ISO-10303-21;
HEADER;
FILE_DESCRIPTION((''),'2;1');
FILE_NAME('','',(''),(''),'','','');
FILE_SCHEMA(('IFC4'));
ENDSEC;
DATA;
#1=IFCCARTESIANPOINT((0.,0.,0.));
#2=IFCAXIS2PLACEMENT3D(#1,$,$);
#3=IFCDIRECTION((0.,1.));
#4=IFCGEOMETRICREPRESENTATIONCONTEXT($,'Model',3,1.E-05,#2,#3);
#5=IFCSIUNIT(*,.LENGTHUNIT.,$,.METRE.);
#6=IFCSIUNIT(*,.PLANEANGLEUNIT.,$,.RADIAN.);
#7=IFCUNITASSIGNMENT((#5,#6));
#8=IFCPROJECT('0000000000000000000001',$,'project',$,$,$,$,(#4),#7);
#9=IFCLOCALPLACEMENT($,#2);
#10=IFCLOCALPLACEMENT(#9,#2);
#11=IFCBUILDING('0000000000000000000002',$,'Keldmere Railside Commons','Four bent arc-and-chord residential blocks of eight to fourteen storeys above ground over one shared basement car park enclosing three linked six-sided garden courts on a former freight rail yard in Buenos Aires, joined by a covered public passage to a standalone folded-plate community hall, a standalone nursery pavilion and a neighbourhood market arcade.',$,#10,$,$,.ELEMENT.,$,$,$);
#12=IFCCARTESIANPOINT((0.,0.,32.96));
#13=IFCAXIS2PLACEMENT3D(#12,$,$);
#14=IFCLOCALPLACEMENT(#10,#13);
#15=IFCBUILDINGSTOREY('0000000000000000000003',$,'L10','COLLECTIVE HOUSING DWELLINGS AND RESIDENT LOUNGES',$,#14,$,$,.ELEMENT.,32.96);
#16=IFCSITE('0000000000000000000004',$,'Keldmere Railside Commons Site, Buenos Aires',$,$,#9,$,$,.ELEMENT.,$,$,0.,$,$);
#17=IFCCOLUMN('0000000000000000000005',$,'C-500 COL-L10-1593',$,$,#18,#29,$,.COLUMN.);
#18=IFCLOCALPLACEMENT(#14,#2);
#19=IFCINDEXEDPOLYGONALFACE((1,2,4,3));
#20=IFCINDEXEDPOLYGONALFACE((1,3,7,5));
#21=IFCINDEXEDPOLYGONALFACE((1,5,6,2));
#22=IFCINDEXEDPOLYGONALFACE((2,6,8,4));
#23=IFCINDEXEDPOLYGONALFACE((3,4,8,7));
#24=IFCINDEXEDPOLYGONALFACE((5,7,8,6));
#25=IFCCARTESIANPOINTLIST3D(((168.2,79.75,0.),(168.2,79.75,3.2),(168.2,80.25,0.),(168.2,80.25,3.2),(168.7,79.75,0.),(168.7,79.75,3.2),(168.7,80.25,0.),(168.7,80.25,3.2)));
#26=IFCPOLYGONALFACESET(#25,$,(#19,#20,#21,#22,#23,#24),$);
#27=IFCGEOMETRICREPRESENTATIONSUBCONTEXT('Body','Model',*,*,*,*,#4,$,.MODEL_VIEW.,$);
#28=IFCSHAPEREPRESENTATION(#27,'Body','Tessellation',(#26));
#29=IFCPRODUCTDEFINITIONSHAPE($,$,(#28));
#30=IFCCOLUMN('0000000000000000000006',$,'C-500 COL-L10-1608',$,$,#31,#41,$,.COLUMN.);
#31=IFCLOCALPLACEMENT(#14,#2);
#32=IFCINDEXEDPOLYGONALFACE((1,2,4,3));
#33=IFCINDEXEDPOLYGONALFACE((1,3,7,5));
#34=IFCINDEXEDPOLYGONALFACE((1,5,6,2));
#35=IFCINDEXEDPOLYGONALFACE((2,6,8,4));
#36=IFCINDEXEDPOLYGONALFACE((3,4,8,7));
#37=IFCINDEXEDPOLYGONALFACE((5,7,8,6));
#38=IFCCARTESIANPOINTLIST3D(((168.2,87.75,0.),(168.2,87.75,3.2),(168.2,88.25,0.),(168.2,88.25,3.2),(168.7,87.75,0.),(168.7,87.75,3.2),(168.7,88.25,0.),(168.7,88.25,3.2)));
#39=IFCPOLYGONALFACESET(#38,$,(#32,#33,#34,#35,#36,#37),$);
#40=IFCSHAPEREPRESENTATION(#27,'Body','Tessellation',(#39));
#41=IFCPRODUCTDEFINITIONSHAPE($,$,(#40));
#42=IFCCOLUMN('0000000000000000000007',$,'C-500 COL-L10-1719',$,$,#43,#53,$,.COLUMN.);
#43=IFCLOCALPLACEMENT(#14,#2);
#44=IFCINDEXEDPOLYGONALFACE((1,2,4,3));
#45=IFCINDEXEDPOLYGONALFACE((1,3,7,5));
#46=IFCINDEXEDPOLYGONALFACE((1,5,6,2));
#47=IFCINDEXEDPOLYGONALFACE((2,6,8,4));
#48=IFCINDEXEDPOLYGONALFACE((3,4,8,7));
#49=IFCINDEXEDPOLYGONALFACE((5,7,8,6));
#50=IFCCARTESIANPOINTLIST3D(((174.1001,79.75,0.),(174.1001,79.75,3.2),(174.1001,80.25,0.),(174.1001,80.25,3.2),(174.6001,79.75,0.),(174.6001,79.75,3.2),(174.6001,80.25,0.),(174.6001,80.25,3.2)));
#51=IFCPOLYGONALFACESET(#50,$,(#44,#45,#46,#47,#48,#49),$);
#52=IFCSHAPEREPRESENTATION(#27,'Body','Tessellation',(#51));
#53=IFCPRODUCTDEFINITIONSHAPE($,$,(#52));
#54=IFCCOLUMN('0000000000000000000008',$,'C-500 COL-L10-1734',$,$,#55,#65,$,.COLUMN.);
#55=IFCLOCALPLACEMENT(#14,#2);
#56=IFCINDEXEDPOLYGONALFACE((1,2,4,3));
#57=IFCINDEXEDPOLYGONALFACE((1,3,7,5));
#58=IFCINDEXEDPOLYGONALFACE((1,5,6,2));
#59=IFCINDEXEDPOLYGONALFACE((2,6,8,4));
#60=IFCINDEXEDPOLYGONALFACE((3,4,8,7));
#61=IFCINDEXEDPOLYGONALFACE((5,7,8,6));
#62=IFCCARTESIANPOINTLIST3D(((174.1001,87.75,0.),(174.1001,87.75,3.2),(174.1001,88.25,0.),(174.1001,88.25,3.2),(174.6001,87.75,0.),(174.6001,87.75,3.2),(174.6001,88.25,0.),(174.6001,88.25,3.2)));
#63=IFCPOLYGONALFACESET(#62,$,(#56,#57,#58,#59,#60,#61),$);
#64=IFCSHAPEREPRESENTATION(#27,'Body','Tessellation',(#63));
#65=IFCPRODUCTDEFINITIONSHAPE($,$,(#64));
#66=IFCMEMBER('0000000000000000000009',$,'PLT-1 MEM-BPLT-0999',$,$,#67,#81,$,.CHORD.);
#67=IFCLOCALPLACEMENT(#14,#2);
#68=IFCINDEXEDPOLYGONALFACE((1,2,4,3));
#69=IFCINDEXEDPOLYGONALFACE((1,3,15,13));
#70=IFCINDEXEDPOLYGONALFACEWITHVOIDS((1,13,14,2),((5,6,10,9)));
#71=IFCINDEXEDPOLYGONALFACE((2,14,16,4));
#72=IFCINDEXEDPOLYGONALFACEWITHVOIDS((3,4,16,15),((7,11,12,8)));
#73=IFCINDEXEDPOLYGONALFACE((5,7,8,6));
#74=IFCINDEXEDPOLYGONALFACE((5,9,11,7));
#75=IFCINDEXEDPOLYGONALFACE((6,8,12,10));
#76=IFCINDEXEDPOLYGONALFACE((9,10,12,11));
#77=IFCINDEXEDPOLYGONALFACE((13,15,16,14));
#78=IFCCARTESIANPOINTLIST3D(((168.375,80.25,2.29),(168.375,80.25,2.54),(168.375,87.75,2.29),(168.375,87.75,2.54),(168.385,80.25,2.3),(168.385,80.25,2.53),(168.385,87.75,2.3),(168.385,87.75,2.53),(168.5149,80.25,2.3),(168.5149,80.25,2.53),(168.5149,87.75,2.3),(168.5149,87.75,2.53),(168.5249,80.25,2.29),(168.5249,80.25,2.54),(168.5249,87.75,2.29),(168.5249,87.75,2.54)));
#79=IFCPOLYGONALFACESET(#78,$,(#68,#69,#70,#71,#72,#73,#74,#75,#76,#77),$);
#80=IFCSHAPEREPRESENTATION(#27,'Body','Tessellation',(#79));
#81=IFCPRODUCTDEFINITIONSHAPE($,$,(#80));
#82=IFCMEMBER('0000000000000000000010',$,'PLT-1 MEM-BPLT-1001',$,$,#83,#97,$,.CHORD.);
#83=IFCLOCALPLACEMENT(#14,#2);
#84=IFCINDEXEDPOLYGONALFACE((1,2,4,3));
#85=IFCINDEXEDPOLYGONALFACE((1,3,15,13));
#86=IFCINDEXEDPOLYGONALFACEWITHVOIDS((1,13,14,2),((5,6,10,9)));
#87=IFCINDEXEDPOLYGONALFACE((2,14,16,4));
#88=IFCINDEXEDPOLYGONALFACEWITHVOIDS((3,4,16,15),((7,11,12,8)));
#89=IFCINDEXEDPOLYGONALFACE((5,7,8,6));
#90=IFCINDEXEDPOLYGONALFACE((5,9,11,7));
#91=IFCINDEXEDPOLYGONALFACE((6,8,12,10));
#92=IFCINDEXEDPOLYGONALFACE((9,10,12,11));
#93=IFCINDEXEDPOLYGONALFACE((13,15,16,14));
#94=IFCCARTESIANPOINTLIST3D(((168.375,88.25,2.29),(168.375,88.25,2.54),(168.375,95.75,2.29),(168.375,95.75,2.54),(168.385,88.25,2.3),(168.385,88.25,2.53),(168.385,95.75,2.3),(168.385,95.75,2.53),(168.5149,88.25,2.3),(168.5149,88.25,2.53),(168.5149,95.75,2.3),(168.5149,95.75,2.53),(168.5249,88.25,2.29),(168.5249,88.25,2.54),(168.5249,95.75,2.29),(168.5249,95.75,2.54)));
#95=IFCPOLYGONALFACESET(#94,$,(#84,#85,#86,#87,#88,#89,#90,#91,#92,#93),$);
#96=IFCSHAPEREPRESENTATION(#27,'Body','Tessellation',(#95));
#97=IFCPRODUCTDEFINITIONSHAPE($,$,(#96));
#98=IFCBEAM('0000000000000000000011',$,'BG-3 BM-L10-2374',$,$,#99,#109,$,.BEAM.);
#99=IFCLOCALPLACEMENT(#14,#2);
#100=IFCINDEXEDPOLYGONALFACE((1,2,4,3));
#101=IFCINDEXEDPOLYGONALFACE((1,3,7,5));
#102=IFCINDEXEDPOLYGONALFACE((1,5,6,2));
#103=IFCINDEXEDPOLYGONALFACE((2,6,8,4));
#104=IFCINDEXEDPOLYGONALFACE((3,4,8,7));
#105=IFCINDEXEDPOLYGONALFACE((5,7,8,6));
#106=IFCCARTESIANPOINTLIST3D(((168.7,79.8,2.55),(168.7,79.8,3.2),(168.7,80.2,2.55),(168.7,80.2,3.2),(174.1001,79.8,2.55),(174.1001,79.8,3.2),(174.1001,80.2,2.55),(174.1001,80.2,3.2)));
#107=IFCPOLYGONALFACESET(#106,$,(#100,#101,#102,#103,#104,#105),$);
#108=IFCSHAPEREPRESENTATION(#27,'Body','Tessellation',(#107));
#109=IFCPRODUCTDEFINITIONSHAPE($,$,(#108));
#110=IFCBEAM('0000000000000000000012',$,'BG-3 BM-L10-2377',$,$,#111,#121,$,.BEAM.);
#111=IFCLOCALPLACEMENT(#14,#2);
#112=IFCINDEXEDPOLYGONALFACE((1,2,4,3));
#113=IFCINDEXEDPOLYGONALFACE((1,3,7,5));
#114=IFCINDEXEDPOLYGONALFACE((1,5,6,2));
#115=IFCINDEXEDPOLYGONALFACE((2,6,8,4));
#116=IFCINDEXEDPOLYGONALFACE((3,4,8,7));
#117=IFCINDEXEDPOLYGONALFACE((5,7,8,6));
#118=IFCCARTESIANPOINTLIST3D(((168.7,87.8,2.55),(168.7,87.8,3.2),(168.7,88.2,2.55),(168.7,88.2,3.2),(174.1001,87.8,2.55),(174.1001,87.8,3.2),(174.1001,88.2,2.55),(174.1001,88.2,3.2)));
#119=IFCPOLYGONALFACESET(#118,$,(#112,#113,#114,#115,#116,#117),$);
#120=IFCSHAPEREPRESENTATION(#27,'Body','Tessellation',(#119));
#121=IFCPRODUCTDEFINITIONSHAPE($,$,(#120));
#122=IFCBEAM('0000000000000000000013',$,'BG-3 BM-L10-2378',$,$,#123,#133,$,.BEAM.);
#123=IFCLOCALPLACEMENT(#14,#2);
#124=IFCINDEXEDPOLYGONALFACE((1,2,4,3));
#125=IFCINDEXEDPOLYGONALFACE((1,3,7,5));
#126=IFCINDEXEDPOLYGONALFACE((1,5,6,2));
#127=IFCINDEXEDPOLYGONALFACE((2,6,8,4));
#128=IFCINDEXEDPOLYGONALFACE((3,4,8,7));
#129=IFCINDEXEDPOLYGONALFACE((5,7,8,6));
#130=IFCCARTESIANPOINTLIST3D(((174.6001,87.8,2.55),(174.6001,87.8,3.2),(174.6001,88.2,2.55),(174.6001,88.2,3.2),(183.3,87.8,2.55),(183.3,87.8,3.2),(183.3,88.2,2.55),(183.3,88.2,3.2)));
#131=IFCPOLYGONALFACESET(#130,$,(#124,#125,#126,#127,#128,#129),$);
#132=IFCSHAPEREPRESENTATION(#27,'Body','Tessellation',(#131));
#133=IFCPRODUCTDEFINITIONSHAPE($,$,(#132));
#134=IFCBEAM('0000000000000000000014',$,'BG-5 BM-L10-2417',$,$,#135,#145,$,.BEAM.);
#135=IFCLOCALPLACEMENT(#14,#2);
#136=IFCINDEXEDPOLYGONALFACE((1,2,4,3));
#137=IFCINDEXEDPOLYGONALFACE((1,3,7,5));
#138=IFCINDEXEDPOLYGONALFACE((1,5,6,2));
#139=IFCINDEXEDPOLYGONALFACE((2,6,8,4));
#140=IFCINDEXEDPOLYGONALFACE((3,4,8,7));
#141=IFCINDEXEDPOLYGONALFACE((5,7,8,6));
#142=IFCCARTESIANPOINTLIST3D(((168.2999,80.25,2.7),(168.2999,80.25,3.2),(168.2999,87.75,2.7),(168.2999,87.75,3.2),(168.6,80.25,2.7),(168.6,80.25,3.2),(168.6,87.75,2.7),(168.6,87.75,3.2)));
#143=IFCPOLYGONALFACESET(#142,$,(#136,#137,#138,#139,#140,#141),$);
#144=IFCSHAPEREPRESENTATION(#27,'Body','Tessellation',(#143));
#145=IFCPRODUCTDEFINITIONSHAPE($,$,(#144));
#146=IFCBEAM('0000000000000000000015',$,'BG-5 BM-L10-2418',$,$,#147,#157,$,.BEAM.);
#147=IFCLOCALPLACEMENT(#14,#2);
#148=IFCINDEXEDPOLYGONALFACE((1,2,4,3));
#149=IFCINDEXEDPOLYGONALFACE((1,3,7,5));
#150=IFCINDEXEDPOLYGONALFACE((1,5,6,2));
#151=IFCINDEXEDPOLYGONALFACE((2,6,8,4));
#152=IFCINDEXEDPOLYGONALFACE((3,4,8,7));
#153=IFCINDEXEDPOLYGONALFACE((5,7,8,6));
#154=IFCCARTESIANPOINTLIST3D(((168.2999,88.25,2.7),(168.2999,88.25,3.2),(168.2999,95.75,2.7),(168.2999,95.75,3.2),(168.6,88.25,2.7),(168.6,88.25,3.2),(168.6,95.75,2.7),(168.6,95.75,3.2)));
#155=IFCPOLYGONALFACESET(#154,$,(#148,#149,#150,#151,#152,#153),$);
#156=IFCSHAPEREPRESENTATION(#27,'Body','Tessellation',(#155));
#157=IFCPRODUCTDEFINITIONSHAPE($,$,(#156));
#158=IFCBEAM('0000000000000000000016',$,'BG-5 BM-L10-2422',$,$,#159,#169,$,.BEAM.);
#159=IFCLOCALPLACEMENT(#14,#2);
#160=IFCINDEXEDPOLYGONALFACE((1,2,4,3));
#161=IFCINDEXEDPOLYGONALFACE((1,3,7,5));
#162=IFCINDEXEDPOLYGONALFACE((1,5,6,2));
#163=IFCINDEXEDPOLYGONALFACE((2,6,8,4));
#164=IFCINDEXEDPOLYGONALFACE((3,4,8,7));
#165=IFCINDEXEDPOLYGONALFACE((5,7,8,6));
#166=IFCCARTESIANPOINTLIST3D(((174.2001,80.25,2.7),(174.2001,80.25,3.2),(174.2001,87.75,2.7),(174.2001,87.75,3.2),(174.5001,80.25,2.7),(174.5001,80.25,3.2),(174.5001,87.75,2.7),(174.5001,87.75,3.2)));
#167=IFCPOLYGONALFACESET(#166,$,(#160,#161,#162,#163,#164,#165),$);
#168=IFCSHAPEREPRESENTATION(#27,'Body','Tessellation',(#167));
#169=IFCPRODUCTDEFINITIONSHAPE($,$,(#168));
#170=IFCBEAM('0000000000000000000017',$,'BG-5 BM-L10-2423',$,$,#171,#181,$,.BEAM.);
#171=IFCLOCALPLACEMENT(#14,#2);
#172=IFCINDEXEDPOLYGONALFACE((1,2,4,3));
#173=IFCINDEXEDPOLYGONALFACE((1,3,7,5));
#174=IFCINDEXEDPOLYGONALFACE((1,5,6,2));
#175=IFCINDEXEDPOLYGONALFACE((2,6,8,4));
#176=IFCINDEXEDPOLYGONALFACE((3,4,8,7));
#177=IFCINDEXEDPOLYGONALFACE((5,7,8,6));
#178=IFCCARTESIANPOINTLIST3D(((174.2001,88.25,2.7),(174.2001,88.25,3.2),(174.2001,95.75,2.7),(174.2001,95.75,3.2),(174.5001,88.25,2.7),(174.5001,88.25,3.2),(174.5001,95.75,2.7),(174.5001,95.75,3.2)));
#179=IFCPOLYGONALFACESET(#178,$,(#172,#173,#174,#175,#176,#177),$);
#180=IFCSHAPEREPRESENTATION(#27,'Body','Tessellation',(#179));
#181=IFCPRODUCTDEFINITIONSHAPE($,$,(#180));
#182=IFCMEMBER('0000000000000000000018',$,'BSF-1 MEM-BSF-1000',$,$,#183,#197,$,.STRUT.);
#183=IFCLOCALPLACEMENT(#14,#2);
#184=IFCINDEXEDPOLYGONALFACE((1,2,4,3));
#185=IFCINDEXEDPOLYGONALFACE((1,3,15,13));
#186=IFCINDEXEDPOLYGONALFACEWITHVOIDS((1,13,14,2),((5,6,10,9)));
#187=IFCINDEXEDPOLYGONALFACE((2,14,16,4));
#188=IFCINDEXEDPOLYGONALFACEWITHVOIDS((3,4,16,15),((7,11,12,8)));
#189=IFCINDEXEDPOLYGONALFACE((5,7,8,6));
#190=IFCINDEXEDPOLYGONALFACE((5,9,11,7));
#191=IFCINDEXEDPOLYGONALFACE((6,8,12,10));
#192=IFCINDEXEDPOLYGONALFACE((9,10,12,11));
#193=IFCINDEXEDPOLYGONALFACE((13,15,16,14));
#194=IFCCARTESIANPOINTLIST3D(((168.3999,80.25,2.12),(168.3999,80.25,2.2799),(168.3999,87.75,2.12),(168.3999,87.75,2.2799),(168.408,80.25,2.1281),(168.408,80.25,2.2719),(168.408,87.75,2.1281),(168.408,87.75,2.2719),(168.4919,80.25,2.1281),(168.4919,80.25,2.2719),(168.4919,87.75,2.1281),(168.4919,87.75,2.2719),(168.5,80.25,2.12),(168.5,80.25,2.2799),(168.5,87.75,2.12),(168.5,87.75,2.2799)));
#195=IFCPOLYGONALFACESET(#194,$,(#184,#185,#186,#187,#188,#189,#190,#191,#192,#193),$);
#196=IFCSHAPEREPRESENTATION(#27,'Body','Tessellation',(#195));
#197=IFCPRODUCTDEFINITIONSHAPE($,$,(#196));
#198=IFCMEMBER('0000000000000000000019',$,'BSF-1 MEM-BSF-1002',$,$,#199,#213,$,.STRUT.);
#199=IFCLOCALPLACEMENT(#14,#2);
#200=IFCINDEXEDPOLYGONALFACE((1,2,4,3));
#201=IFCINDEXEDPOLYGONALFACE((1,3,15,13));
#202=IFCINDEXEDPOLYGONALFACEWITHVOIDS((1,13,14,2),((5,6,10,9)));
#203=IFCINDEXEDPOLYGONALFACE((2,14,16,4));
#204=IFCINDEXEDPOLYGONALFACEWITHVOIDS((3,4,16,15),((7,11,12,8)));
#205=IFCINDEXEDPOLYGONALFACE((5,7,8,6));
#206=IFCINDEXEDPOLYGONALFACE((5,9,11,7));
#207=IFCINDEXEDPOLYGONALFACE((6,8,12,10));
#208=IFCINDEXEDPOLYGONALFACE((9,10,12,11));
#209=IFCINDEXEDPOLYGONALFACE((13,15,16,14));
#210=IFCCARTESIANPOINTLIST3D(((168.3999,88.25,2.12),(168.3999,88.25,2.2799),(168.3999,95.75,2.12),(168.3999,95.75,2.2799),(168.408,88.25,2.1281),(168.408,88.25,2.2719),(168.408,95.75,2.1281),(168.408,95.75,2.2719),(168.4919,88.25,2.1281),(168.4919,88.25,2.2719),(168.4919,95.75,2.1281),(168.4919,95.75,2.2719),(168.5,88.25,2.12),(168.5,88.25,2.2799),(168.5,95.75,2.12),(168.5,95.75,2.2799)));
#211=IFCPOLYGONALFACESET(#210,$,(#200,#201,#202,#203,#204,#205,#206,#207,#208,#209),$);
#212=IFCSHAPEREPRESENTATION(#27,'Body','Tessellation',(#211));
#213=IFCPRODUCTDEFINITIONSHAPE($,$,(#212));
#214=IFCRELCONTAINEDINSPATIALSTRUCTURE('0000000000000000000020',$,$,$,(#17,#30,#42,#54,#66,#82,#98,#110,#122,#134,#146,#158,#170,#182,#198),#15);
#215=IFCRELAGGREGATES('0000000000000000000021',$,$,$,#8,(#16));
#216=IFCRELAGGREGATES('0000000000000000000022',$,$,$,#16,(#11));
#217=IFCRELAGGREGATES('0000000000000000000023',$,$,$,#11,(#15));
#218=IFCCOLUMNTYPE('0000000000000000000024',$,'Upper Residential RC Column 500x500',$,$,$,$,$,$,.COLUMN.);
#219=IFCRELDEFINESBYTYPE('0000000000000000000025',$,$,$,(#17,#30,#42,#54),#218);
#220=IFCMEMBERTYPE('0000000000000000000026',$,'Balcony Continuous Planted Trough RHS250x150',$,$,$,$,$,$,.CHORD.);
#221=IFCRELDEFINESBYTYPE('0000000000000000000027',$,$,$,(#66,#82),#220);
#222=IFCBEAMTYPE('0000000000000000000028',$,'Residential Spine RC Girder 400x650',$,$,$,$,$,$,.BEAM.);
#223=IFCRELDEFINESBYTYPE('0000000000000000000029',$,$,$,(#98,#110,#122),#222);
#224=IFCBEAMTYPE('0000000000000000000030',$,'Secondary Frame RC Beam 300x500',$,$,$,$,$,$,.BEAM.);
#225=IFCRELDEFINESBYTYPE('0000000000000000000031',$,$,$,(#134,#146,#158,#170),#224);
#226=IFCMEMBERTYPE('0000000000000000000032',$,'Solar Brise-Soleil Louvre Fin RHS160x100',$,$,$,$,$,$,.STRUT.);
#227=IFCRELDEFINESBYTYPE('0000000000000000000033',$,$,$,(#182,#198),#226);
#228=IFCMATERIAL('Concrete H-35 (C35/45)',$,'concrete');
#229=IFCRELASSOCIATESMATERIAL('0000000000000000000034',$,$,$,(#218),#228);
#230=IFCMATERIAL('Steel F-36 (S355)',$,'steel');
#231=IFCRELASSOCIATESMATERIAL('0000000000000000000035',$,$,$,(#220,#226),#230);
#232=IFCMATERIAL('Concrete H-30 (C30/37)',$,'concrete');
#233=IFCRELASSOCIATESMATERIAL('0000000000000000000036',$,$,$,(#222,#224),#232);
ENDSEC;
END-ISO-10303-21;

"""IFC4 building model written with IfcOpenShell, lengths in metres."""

from ifc_helpers import new_model, si_unit, direction, frame, origin, origin_2d, place, context, subcontext, project, spatial, rectangle, hollow_rectangle, extrude, material, material_profile, profile_set, type_object, element, save


model = new_model("IFC4")

# Units and contexts
model_context = context("Model", 3, precision=1e-05, world=origin(), true_north=direction((0.0, 1.0)))
body_context = subcontext(model_context, "Body", "Model", "MODEL_VIEW")
ifc_project = project(units=[si_unit("LENGTHUNIT", "METRE"), si_unit("PLANEANGLEUNIT", "RADIAN")], contexts=[model_context])

# Site, building, storey
site_placement = place(None, origin())
site = spatial("IfcSite", under=ifc_project, at=site_placement, Name="Keldmere Railside Commons Site, Buenos Aires", CompositionType="ELEMENT", RefElevation=0.0)
building_placement = place(site_placement, origin())
building = spatial("IfcBuilding", under=site, at=building_placement, Name="Keldmere Railside Commons", Description="Four bent arc-and-chord residential blocks of eight to fourteen storeys above ground over one shared basement car park enclosing three linked six-sided garden courts on a former freight rail yard in Buenos Aires, joined by a covered public passage to a standalone folded-plate community hall, a standalone nursery pavilion and a neighbourhood market arcade.", CompositionType="ELEMENT")
storey_placement = place(building_placement, frame((0.0, 0.0, 32.96)))
storey = spatial("IfcBuildingStorey", under=building, at=storey_placement, Name="L10", Description="COLLECTIVE HOUSING DWELLINGS AND RESIDENT LOUNGES", CompositionType="ELEMENT", Elevation=32.96)

# Columns
ifc_material_1 = material(Name="Concrete H-35 (C35/45)", Category="concrete")
ifc_material_profile_1 = material_profile(ifc_material_1, rectangle(XDim=0.5, YDim=0.5, at=origin_2d()), Name="RC-500x500")
ifc_profile_set_1 = profile_set([ifc_material_profile_1], Name="Concrete H-35 (C35/45)")
column_type = type_object("IfcColumnType", Name="Upper Residential RC Column 500x500", PredefinedType="COLUMN", material=ifc_profile_set_1)
for number, where, z_axis, x_axis, name in (
    (1, (168.45, 80.0, 0.0), (0.0, 0.0, 1.0), (1.0, 0.0, 0.0), "C-500 COL-L10-1593"),
    (2, (168.45, 88.0, 0.0), (0.0, 0.0, 1.0), (1.0, 0.0, 0.0), "C-500 COL-L10-1608"),
    (3, (174.3501, 80.0, 0.0), (0.0, 0.0, 1.0), (1.0, 0.0, 0.0), "C-500 COL-L10-1719"),
    (4, (174.3501, 88.0, 0.0), (0.0, 0.0, 1.0), (1.0, 0.0, 0.0), "C-500 COL-L10-1734"),
):
    element("IfcColumn", number, at=place(storey_placement, frame(where, z_axis=z_axis, x_axis=x_axis)), inside=storey, type_object=column_type, Name=name, PredefinedType="COLUMN", context=body_context, shape_type="SweptSolid", body=[
        extrude(rectangle(XDim=0.5, YDim=0.5, at=origin_2d()), origin(), (0.0, 0.0, 1.0), 3.2),
    ])

# Members
ifc_material_2 = material(Name="Steel F-36 (S355)", Category="steel")
ifc_material_profile_2 = material_profile(ifc_material_2, hollow_rectangle(XDim=0.1499, YDim=0.25, WallThickness=0.01, at=origin_2d()), Name="RHS-250x150x10")
ifc_profile_set_2 = profile_set([ifc_material_profile_2], Name="Steel F-36 (S355)")
member_type_1 = type_object("IfcMemberType", Name="Balcony Continuous Planted Trough RHS250x150", PredefinedType="CHORD", material=ifc_profile_set_2)
for number, where, z_axis, x_axis, name in (
    (5, (168.45, 80.25, 2.415), (0.0, 1.0, 0.0), (-1.0, 0.0, 0.0), "PLT-1 MEM-BPLT-0999"),
    (6, (168.45, 88.25, 2.415), (0.0, 1.0, 0.0), (-1.0, 0.0, 0.0), "PLT-1 MEM-BPLT-1001"),
):
    element("IfcMember", number, at=place(storey_placement, frame(where, z_axis=z_axis, x_axis=x_axis)), inside=storey, type_object=member_type_1, Name=name, PredefinedType="CHORD", context=body_context, shape_type="SweptSolid", body=[
        extrude(hollow_rectangle(XDim=0.1499, YDim=0.25, WallThickness=0.01, at=origin_2d()), origin(), (0.0, 0.0, 1.0), 7.5),
    ])

# Beams
ifc_material_3 = material(Name="Concrete H-30 (C30/37)", Category="concrete")
ifc_material_profile_3 = material_profile(ifc_material_3, rectangle(XDim=0.3999, YDim=0.6499, at=origin_2d()), Name="RC-400x650")
ifc_profile_set_3 = profile_set([ifc_material_profile_3], Name="Concrete H-30 (C30/37)")
beam_type_1 = type_object("IfcBeamType", Name="Residential Spine RC Girder 400x650", PredefinedType="BEAM", material=ifc_profile_set_3)
for number, where, z_axis, x_axis, name in (
    (7, (168.7, 80.0, 2.875), (1.0, 0.0, 0.0), (0.0, 1.0, 0.0), "BG-3 BM-L10-2374"),
    (8, (168.7, 88.0, 2.875), (1.0, 0.0, 0.0), (0.0, 1.0, 0.0), "BG-3 BM-L10-2377"),
):
    element("IfcBeam", number, at=place(storey_placement, frame(where, z_axis=z_axis, x_axis=x_axis)), inside=storey, type_object=beam_type_1, Name=name, PredefinedType="BEAM", context=body_context, shape_type="SweptSolid", body=[
        extrude(rectangle(XDim=0.3999, YDim=0.6499, at=origin_2d()), origin(), (0.0, 0.0, 1.0), 5.4001),
    ])
beam_placement = place(storey_placement, frame((174.6001, 88.0, 2.875), z_axis=(1.0, 0.0, 0.0), x_axis=(0.0, 1.0, 0.0)))
element("IfcBeam", 9, at=beam_placement, inside=storey, type_object=beam_type_1, Name="BG-3 BM-L10-2378", PredefinedType="BEAM", context=body_context, shape_type="SweptSolid", body=[
    extrude(rectangle(XDim=0.3999, YDim=0.6499, at=origin_2d()), origin(), (0.0, 0.0, 1.0), 8.7),
])
ifc_material_profile_4 = material_profile(ifc_material_3, rectangle(XDim=0.3, YDim=0.5, at=origin_2d()), Name="RC-300x500")
ifc_profile_set_4 = profile_set([ifc_material_profile_4], Name="Concrete H-30 (C30/37)")
beam_type_2 = type_object("IfcBeamType", Name="Secondary Frame RC Beam 300x500", PredefinedType="BEAM", material=ifc_profile_set_4)
for number, where, z_axis, x_axis, name in (
    (10, (168.45, 80.25, 2.95), (0.0, 1.0, 0.0), (-1.0, 0.0, 0.0), "BG-5 BM-L10-2417"),
    (11, (168.45, 88.25, 2.95), (0.0, 1.0, 0.0), (-1.0, 0.0, 0.0), "BG-5 BM-L10-2418"),
    (12, (174.3501, 80.25, 2.95), (0.0, 1.0, 0.0), (-1.0, 0.0, 0.0), "BG-5 BM-L10-2422"),
    (13, (174.3501, 88.25, 2.95), (0.0, 1.0, 0.0), (-1.0, 0.0, 0.0), "BG-5 BM-L10-2423"),
):
    element("IfcBeam", number, at=place(storey_placement, frame(where, z_axis=z_axis, x_axis=x_axis)), inside=storey, type_object=beam_type_2, Name=name, PredefinedType="BEAM", context=body_context, shape_type="SweptSolid", body=[
        extrude(rectangle(XDim=0.3, YDim=0.5, at=origin_2d()), origin(), (0.0, 0.0, 1.0), 7.5),
    ])

# Members
ifc_material_profile_5 = material_profile(ifc_material_2, hollow_rectangle(XDim=0.1001, YDim=0.1599, WallThickness=0.0081, at=origin_2d()), Name="RHS-160x100x8")
ifc_profile_set_5 = profile_set([ifc_material_profile_5], Name="Steel F-36 (S355)")
member_type_2 = type_object("IfcMemberType", Name="Solar Brise-Soleil Louvre Fin RHS160x100", PredefinedType="STRUT", material=ifc_profile_set_5)
for number, where, z_axis, x_axis, name in (
    (14, (168.45, 80.25, 2.2), (0.0, 1.0, 0.0), (-1.0, 0.0, 0.0), "BSF-1 MEM-BSF-1000"),
    (15, (168.45, 88.25, 2.2), (0.0, 1.0, 0.0), (-1.0, 0.0, 0.0), "BSF-1 MEM-BSF-1002"),
):
    element("IfcMember", number, at=place(storey_placement, frame(where, z_axis=z_axis, x_axis=x_axis)), inside=storey, type_object=member_type_2, Name=name, PredefinedType="STRUT", context=body_context, shape_type="SweptSolid", body=[
        extrude(hollow_rectangle(XDim=0.1001, YDim=0.1599, WallThickness=0.0081, at=origin_2d()), origin(), (0.0, 0.0, 1.0), 7.5),
    ])

save(model, "model.ifc")
